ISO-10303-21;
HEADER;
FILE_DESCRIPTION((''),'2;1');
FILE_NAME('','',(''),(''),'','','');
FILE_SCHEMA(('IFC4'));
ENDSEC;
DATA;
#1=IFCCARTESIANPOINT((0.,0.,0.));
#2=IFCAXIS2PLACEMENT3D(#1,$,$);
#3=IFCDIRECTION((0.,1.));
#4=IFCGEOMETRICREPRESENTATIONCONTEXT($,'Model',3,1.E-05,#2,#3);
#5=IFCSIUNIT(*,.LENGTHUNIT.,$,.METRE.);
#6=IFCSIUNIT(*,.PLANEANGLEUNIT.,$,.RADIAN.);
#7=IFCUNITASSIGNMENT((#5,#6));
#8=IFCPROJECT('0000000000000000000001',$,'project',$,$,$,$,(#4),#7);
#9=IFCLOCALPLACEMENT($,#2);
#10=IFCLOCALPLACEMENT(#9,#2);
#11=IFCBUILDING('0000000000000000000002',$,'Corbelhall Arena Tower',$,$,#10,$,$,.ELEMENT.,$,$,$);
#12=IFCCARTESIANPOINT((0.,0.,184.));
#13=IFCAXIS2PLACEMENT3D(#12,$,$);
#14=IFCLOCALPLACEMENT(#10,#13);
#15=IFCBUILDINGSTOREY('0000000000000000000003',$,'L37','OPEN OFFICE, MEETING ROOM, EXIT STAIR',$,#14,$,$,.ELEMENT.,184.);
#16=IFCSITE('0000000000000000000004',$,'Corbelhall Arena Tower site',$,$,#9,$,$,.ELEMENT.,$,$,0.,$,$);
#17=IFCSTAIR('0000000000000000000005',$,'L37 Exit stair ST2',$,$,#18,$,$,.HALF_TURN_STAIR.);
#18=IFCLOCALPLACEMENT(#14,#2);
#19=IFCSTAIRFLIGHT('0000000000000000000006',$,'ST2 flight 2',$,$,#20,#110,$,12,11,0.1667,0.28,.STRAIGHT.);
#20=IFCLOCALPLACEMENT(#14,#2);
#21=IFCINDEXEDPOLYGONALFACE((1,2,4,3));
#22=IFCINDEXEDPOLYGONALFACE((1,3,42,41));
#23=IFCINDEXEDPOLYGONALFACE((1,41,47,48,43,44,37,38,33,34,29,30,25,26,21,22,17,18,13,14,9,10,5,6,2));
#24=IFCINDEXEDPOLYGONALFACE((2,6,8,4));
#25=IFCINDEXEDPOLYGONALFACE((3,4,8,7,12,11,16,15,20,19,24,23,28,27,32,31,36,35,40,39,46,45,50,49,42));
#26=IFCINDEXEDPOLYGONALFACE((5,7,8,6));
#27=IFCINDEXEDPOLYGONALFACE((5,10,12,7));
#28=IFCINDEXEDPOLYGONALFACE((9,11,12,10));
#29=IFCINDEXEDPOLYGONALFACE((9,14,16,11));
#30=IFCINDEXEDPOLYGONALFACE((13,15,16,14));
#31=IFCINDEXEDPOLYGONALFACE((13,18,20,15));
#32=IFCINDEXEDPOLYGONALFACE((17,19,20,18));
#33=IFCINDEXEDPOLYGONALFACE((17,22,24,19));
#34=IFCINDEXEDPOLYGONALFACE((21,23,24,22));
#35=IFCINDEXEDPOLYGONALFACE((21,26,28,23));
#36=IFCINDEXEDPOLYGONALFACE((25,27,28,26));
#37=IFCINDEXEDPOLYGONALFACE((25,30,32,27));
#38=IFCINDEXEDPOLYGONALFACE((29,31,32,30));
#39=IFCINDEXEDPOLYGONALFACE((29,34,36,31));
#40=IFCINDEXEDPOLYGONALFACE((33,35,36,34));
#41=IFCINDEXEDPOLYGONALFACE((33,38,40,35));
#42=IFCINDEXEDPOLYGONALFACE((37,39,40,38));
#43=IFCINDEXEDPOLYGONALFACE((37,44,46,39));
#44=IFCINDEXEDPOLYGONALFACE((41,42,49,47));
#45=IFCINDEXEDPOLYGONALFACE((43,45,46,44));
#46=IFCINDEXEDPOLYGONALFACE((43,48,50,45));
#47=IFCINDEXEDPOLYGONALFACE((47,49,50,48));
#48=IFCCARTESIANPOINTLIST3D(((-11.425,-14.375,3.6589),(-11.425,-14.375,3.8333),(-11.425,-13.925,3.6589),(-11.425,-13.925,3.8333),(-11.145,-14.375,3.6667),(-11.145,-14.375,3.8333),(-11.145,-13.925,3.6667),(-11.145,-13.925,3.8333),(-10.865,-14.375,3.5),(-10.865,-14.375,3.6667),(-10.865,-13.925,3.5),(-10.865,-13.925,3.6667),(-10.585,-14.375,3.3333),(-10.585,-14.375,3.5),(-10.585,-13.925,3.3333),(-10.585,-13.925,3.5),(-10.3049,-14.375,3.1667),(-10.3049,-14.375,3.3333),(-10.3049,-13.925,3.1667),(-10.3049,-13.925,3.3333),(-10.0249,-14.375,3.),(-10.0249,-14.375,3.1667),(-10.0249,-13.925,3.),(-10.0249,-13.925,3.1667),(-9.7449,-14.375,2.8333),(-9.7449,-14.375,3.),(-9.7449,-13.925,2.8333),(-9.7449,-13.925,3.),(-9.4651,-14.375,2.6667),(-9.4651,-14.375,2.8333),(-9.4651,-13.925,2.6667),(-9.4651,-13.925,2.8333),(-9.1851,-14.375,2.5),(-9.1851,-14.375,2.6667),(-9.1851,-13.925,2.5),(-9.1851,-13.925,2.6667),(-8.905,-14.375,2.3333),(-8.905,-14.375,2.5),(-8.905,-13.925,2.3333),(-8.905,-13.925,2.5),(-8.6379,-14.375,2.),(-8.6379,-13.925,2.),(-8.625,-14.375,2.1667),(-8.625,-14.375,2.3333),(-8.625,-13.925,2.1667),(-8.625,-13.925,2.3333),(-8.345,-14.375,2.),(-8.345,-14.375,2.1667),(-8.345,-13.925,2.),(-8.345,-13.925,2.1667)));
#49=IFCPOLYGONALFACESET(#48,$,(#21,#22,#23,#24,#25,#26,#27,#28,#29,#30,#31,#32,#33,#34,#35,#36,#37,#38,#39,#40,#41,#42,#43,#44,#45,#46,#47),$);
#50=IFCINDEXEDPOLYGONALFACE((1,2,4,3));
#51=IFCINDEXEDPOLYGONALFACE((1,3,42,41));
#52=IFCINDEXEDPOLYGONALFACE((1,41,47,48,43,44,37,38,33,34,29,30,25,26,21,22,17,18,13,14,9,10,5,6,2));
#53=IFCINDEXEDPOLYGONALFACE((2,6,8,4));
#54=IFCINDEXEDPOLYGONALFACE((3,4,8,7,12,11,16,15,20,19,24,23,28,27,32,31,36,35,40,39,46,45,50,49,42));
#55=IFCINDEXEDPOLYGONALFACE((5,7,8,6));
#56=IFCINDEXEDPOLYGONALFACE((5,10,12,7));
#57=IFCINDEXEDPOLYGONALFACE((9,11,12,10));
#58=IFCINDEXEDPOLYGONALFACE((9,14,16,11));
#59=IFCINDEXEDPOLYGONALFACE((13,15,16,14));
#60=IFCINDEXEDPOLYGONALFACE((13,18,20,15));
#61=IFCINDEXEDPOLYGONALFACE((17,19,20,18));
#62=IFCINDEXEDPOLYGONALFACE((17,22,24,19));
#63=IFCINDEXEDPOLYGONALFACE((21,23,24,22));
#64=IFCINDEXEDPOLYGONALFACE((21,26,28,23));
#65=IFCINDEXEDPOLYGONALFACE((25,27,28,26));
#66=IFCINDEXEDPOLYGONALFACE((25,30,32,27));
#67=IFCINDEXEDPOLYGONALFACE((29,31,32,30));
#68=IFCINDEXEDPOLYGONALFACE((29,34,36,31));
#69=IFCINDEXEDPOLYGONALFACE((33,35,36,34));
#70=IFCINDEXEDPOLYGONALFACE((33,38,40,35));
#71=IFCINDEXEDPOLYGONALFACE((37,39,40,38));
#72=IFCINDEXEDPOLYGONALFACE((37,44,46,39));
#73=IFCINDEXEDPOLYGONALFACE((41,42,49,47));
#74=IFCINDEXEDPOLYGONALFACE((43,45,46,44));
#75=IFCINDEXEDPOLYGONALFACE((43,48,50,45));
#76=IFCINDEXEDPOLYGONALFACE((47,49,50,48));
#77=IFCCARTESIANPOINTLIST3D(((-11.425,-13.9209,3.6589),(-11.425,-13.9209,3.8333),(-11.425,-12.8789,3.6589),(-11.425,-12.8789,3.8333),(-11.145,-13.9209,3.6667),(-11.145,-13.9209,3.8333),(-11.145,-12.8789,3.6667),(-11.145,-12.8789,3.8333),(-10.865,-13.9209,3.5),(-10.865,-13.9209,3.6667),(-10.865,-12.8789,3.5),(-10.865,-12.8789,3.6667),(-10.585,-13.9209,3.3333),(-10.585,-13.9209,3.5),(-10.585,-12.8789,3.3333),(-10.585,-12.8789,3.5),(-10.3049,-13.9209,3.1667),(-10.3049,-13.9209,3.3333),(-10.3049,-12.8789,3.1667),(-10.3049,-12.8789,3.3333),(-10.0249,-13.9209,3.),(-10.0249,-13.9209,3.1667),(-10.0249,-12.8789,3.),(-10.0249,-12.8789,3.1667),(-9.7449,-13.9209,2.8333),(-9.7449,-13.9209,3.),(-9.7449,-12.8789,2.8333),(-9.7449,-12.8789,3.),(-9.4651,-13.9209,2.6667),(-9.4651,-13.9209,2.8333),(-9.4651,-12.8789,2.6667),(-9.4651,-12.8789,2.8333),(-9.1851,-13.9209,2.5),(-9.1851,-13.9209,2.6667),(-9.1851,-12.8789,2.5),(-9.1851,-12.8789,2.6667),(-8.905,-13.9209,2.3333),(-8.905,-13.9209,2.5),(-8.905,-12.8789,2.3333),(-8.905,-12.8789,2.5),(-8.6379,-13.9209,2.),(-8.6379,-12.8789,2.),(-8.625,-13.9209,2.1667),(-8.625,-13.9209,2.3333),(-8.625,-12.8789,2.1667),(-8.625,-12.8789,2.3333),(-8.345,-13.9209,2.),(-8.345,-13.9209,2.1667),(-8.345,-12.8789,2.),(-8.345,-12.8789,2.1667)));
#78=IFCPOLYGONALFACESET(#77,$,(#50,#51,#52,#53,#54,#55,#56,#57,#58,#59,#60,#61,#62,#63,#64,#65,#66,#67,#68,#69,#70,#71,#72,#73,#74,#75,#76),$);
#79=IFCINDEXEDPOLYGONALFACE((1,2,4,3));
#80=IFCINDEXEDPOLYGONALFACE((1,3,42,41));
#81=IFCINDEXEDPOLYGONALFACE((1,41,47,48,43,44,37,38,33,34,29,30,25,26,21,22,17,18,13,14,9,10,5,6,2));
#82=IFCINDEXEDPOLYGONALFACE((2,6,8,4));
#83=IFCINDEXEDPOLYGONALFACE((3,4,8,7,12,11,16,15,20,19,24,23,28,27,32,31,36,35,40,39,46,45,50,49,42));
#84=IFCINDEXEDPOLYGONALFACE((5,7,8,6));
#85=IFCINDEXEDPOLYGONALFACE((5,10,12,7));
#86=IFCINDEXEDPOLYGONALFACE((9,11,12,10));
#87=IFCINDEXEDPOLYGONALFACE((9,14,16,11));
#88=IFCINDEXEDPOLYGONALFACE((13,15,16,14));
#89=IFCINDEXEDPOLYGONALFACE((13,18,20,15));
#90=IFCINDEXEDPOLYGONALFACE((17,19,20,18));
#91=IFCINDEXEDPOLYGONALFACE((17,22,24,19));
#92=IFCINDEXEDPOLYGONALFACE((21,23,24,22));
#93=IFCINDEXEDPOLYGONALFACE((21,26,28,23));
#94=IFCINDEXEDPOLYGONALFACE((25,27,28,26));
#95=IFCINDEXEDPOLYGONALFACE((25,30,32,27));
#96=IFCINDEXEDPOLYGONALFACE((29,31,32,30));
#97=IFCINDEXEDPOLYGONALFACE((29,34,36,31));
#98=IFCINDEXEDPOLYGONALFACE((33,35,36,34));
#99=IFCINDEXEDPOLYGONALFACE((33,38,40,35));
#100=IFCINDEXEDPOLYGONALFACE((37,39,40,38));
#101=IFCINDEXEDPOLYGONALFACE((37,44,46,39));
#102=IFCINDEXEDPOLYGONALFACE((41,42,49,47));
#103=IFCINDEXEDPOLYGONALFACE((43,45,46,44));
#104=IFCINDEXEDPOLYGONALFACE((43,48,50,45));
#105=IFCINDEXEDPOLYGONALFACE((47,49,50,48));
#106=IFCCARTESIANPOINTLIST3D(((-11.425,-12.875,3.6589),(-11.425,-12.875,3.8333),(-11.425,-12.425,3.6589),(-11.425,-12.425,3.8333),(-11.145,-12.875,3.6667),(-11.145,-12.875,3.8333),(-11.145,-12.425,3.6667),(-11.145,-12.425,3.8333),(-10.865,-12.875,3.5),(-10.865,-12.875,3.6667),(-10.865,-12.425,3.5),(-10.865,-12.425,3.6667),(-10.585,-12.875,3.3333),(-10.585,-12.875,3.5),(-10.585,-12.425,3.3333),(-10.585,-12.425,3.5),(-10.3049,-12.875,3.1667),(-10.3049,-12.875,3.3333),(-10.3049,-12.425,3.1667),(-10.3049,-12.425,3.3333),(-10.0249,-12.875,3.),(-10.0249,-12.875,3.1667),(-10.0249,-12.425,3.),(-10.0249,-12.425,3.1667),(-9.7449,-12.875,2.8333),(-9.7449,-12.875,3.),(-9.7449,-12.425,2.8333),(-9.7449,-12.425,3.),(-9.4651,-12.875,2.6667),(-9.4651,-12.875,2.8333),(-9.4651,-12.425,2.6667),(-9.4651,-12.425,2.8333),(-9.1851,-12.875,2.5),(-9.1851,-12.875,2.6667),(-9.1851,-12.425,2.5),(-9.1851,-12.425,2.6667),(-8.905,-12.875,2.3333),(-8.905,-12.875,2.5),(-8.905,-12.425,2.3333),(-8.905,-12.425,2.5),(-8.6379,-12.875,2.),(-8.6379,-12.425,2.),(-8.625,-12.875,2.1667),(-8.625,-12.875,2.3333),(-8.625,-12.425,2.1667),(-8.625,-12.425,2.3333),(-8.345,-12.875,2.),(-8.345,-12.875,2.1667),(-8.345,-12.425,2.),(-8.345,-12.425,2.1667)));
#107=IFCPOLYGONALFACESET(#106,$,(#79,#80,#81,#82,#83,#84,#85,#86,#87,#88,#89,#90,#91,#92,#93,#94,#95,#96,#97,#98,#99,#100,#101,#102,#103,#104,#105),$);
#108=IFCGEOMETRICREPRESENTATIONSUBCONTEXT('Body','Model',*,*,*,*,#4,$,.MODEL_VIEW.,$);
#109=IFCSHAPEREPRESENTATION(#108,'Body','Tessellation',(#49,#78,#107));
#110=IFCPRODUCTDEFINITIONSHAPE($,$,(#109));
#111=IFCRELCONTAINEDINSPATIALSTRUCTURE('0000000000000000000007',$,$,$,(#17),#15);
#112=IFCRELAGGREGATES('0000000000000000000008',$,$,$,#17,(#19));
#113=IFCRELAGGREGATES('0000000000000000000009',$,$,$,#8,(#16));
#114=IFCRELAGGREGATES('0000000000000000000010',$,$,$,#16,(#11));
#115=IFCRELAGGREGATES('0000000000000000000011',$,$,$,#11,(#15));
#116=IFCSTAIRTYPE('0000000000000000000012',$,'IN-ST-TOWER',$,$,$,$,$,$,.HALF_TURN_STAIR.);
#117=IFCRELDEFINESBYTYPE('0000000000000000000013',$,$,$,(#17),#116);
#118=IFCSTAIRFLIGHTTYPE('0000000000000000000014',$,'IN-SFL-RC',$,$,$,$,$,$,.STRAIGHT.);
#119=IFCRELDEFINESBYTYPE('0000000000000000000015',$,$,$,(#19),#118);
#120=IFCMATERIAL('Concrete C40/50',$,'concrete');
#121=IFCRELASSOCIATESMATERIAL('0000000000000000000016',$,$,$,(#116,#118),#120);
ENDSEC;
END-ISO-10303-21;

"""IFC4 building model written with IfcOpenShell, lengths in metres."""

from ifc_helpers import new_model, si_unit, direction, frame, origin, place, context, subcontext, project, spatial, polyline, outline, extrude, material, type_object, element, aggregate, save


model = new_model("IFC4")

# Units and contexts
model_context = context("Model", 3, precision=1e-05, world=origin(), true_north=direction((0.0, 1.0)))
body_context = subcontext(model_context, "Body", "Model", "MODEL_VIEW")
ifc_project = project(units=[si_unit("LENGTHUNIT", "METRE"), si_unit("PLANEANGLEUNIT", "RADIAN")], contexts=[model_context])

# Site, building, storey
site_placement = place(None, origin())
site = spatial("IfcSite", under=ifc_project, at=site_placement, Name="Corbelhall Arena Tower site", CompositionType="ELEMENT", RefElevation=0.0)
building_placement = place(site_placement, origin())
building = spatial("IfcBuilding", under=site, at=building_placement, Name="Corbelhall Arena Tower", CompositionType="ELEMENT")
storey_placement = place(building_placement, frame((0.0, 0.0, 184.0)))
storey = spatial("IfcBuildingStorey", under=building, at=storey_placement, Name="L37", Description="OPEN OFFICE, MEETING ROOM, EXIT STAIR", CompositionType="ELEMENT", Elevation=184.0)

# Shared definitions
ifc_material_1 = material(Name="Concrete C40/50", Category="concrete")

# Stair, stair flight
stair_type = type_object("IfcStairType", Name="IN-ST-TOWER", PredefinedType="HALF_TURN_STAIR", material=ifc_material_1)
stair_placement = place(storey_placement, origin())
stair = element("IfcStair", 1, at=stair_placement, inside=storey, type_object=stair_type, Name="L37 Exit stair ST2", PredefinedType="HALF_TURN_STAIR")
stair_flight_type = type_object("IfcStairFlightType", Name="IN-SFL-RC", PredefinedType="STRAIGHT", material=ifc_material_1)
stair_flight_1_placement = place(storey_placement, frame((-8.345, -13.3999, 2.0), z_axis=(0.0, 0.0, 1.0), x_axis=(-1.0, 0.0, 0.0)))
stair_flight_1 = element("IfcStairFlight", 2, at=stair_flight_1_placement, type_object=stair_flight_type, Name="ST2 flight 2", NumberOfRisers=12, NumberOfTreads=11, PredefinedType="STRAIGHT", RiserHeight=0.1667, TreadLength=0.28, context=body_context, shape_type="SweptSolid", body=[
    extrude(outline(polyline([(0.0, 0.0), (0.0, 0.1667), (0.28, 0.1667), (0.28, 0.3333), (0.5601, 0.3333), (0.5601, 0.5), (0.8401, 0.5), (0.8401, 0.6667), (1.1201, 0.6667), (1.1201, 0.8333), (1.3999, 0.8333), (1.3999, 1.0), (1.6799, 1.0), (1.6799, 1.1667), (1.96, 1.1667), (1.96, 1.3333), (2.24, 1.3333), (2.24, 1.5), (2.52, 1.5), (2.52, 1.6667), (2.8, 1.6667), (2.8, 1.8333), (3.0801, 1.8333), (3.0801, 2.0), (3.0801, 1.6589), (0.293, 0.0), (0.0, 0.0)])), frame((0.0, 0.9751, 0.0), z_axis=(0.0, -1.0, 0.0), x_axis=(1.0, 0.0, 0.0)), (0.0, 0.0, 1.0), 0.45),
    extrude(outline(polyline([(0.0, 0.0), (0.0, 0.1667), (0.28, 0.1667), (0.28, 0.3333), (0.5601, 0.3333), (0.5601, 0.5), (0.8401, 0.5), (0.8401, 0.6667), (1.1201, 0.6667), (1.1201, 0.8333), (1.3999, 0.8333), (1.3999, 1.0), (1.6799, 1.0), (1.6799, 1.1667), (1.96, 1.1667), (1.96, 1.3333), (2.24, 1.3333), (2.24, 1.5), (2.52, 1.5), (2.52, 1.6667), (2.8, 1.6667), (2.8, 1.8333), (3.0801, 1.8333), (3.0801, 2.0), (3.0801, 1.6589), (0.293, 0.0), (0.0, 0.0)])), frame((0.0, 0.521, 0.0), z_axis=(0.0, -1.0, 0.0), x_axis=(1.0, 0.0, 0.0)), (0.0, 0.0, 1.0), 1.042),
    extrude(outline(polyline([(0.0, 0.0), (0.0, 0.1667), (0.28, 0.1667), (0.28, 0.3333), (0.5601, 0.3333), (0.5601, 0.5), (0.8401, 0.5), (0.8401, 0.6667), (1.1201, 0.6667), (1.1201, 0.8333), (1.3999, 0.8333), (1.3999, 1.0), (1.6799, 1.0), (1.6799, 1.1667), (1.96, 1.1667), (1.96, 1.3333), (2.24, 1.3333), (2.24, 1.5), (2.52, 1.5), (2.52, 1.6667), (2.8, 1.6667), (2.8, 1.8333), (3.0801, 1.8333), (3.0801, 2.0), (3.0801, 1.6589), (0.293, 0.0), (0.0, 0.0)])), frame((0.0, -0.5249, 0.0), z_axis=(0.0, -1.0, 0.0), x_axis=(1.0, 0.0, 0.0)), (0.0, 0.0, 1.0), 0.45),
])
aggregate(stair, [stair_flight_1])

save(model, "model.ifc")
